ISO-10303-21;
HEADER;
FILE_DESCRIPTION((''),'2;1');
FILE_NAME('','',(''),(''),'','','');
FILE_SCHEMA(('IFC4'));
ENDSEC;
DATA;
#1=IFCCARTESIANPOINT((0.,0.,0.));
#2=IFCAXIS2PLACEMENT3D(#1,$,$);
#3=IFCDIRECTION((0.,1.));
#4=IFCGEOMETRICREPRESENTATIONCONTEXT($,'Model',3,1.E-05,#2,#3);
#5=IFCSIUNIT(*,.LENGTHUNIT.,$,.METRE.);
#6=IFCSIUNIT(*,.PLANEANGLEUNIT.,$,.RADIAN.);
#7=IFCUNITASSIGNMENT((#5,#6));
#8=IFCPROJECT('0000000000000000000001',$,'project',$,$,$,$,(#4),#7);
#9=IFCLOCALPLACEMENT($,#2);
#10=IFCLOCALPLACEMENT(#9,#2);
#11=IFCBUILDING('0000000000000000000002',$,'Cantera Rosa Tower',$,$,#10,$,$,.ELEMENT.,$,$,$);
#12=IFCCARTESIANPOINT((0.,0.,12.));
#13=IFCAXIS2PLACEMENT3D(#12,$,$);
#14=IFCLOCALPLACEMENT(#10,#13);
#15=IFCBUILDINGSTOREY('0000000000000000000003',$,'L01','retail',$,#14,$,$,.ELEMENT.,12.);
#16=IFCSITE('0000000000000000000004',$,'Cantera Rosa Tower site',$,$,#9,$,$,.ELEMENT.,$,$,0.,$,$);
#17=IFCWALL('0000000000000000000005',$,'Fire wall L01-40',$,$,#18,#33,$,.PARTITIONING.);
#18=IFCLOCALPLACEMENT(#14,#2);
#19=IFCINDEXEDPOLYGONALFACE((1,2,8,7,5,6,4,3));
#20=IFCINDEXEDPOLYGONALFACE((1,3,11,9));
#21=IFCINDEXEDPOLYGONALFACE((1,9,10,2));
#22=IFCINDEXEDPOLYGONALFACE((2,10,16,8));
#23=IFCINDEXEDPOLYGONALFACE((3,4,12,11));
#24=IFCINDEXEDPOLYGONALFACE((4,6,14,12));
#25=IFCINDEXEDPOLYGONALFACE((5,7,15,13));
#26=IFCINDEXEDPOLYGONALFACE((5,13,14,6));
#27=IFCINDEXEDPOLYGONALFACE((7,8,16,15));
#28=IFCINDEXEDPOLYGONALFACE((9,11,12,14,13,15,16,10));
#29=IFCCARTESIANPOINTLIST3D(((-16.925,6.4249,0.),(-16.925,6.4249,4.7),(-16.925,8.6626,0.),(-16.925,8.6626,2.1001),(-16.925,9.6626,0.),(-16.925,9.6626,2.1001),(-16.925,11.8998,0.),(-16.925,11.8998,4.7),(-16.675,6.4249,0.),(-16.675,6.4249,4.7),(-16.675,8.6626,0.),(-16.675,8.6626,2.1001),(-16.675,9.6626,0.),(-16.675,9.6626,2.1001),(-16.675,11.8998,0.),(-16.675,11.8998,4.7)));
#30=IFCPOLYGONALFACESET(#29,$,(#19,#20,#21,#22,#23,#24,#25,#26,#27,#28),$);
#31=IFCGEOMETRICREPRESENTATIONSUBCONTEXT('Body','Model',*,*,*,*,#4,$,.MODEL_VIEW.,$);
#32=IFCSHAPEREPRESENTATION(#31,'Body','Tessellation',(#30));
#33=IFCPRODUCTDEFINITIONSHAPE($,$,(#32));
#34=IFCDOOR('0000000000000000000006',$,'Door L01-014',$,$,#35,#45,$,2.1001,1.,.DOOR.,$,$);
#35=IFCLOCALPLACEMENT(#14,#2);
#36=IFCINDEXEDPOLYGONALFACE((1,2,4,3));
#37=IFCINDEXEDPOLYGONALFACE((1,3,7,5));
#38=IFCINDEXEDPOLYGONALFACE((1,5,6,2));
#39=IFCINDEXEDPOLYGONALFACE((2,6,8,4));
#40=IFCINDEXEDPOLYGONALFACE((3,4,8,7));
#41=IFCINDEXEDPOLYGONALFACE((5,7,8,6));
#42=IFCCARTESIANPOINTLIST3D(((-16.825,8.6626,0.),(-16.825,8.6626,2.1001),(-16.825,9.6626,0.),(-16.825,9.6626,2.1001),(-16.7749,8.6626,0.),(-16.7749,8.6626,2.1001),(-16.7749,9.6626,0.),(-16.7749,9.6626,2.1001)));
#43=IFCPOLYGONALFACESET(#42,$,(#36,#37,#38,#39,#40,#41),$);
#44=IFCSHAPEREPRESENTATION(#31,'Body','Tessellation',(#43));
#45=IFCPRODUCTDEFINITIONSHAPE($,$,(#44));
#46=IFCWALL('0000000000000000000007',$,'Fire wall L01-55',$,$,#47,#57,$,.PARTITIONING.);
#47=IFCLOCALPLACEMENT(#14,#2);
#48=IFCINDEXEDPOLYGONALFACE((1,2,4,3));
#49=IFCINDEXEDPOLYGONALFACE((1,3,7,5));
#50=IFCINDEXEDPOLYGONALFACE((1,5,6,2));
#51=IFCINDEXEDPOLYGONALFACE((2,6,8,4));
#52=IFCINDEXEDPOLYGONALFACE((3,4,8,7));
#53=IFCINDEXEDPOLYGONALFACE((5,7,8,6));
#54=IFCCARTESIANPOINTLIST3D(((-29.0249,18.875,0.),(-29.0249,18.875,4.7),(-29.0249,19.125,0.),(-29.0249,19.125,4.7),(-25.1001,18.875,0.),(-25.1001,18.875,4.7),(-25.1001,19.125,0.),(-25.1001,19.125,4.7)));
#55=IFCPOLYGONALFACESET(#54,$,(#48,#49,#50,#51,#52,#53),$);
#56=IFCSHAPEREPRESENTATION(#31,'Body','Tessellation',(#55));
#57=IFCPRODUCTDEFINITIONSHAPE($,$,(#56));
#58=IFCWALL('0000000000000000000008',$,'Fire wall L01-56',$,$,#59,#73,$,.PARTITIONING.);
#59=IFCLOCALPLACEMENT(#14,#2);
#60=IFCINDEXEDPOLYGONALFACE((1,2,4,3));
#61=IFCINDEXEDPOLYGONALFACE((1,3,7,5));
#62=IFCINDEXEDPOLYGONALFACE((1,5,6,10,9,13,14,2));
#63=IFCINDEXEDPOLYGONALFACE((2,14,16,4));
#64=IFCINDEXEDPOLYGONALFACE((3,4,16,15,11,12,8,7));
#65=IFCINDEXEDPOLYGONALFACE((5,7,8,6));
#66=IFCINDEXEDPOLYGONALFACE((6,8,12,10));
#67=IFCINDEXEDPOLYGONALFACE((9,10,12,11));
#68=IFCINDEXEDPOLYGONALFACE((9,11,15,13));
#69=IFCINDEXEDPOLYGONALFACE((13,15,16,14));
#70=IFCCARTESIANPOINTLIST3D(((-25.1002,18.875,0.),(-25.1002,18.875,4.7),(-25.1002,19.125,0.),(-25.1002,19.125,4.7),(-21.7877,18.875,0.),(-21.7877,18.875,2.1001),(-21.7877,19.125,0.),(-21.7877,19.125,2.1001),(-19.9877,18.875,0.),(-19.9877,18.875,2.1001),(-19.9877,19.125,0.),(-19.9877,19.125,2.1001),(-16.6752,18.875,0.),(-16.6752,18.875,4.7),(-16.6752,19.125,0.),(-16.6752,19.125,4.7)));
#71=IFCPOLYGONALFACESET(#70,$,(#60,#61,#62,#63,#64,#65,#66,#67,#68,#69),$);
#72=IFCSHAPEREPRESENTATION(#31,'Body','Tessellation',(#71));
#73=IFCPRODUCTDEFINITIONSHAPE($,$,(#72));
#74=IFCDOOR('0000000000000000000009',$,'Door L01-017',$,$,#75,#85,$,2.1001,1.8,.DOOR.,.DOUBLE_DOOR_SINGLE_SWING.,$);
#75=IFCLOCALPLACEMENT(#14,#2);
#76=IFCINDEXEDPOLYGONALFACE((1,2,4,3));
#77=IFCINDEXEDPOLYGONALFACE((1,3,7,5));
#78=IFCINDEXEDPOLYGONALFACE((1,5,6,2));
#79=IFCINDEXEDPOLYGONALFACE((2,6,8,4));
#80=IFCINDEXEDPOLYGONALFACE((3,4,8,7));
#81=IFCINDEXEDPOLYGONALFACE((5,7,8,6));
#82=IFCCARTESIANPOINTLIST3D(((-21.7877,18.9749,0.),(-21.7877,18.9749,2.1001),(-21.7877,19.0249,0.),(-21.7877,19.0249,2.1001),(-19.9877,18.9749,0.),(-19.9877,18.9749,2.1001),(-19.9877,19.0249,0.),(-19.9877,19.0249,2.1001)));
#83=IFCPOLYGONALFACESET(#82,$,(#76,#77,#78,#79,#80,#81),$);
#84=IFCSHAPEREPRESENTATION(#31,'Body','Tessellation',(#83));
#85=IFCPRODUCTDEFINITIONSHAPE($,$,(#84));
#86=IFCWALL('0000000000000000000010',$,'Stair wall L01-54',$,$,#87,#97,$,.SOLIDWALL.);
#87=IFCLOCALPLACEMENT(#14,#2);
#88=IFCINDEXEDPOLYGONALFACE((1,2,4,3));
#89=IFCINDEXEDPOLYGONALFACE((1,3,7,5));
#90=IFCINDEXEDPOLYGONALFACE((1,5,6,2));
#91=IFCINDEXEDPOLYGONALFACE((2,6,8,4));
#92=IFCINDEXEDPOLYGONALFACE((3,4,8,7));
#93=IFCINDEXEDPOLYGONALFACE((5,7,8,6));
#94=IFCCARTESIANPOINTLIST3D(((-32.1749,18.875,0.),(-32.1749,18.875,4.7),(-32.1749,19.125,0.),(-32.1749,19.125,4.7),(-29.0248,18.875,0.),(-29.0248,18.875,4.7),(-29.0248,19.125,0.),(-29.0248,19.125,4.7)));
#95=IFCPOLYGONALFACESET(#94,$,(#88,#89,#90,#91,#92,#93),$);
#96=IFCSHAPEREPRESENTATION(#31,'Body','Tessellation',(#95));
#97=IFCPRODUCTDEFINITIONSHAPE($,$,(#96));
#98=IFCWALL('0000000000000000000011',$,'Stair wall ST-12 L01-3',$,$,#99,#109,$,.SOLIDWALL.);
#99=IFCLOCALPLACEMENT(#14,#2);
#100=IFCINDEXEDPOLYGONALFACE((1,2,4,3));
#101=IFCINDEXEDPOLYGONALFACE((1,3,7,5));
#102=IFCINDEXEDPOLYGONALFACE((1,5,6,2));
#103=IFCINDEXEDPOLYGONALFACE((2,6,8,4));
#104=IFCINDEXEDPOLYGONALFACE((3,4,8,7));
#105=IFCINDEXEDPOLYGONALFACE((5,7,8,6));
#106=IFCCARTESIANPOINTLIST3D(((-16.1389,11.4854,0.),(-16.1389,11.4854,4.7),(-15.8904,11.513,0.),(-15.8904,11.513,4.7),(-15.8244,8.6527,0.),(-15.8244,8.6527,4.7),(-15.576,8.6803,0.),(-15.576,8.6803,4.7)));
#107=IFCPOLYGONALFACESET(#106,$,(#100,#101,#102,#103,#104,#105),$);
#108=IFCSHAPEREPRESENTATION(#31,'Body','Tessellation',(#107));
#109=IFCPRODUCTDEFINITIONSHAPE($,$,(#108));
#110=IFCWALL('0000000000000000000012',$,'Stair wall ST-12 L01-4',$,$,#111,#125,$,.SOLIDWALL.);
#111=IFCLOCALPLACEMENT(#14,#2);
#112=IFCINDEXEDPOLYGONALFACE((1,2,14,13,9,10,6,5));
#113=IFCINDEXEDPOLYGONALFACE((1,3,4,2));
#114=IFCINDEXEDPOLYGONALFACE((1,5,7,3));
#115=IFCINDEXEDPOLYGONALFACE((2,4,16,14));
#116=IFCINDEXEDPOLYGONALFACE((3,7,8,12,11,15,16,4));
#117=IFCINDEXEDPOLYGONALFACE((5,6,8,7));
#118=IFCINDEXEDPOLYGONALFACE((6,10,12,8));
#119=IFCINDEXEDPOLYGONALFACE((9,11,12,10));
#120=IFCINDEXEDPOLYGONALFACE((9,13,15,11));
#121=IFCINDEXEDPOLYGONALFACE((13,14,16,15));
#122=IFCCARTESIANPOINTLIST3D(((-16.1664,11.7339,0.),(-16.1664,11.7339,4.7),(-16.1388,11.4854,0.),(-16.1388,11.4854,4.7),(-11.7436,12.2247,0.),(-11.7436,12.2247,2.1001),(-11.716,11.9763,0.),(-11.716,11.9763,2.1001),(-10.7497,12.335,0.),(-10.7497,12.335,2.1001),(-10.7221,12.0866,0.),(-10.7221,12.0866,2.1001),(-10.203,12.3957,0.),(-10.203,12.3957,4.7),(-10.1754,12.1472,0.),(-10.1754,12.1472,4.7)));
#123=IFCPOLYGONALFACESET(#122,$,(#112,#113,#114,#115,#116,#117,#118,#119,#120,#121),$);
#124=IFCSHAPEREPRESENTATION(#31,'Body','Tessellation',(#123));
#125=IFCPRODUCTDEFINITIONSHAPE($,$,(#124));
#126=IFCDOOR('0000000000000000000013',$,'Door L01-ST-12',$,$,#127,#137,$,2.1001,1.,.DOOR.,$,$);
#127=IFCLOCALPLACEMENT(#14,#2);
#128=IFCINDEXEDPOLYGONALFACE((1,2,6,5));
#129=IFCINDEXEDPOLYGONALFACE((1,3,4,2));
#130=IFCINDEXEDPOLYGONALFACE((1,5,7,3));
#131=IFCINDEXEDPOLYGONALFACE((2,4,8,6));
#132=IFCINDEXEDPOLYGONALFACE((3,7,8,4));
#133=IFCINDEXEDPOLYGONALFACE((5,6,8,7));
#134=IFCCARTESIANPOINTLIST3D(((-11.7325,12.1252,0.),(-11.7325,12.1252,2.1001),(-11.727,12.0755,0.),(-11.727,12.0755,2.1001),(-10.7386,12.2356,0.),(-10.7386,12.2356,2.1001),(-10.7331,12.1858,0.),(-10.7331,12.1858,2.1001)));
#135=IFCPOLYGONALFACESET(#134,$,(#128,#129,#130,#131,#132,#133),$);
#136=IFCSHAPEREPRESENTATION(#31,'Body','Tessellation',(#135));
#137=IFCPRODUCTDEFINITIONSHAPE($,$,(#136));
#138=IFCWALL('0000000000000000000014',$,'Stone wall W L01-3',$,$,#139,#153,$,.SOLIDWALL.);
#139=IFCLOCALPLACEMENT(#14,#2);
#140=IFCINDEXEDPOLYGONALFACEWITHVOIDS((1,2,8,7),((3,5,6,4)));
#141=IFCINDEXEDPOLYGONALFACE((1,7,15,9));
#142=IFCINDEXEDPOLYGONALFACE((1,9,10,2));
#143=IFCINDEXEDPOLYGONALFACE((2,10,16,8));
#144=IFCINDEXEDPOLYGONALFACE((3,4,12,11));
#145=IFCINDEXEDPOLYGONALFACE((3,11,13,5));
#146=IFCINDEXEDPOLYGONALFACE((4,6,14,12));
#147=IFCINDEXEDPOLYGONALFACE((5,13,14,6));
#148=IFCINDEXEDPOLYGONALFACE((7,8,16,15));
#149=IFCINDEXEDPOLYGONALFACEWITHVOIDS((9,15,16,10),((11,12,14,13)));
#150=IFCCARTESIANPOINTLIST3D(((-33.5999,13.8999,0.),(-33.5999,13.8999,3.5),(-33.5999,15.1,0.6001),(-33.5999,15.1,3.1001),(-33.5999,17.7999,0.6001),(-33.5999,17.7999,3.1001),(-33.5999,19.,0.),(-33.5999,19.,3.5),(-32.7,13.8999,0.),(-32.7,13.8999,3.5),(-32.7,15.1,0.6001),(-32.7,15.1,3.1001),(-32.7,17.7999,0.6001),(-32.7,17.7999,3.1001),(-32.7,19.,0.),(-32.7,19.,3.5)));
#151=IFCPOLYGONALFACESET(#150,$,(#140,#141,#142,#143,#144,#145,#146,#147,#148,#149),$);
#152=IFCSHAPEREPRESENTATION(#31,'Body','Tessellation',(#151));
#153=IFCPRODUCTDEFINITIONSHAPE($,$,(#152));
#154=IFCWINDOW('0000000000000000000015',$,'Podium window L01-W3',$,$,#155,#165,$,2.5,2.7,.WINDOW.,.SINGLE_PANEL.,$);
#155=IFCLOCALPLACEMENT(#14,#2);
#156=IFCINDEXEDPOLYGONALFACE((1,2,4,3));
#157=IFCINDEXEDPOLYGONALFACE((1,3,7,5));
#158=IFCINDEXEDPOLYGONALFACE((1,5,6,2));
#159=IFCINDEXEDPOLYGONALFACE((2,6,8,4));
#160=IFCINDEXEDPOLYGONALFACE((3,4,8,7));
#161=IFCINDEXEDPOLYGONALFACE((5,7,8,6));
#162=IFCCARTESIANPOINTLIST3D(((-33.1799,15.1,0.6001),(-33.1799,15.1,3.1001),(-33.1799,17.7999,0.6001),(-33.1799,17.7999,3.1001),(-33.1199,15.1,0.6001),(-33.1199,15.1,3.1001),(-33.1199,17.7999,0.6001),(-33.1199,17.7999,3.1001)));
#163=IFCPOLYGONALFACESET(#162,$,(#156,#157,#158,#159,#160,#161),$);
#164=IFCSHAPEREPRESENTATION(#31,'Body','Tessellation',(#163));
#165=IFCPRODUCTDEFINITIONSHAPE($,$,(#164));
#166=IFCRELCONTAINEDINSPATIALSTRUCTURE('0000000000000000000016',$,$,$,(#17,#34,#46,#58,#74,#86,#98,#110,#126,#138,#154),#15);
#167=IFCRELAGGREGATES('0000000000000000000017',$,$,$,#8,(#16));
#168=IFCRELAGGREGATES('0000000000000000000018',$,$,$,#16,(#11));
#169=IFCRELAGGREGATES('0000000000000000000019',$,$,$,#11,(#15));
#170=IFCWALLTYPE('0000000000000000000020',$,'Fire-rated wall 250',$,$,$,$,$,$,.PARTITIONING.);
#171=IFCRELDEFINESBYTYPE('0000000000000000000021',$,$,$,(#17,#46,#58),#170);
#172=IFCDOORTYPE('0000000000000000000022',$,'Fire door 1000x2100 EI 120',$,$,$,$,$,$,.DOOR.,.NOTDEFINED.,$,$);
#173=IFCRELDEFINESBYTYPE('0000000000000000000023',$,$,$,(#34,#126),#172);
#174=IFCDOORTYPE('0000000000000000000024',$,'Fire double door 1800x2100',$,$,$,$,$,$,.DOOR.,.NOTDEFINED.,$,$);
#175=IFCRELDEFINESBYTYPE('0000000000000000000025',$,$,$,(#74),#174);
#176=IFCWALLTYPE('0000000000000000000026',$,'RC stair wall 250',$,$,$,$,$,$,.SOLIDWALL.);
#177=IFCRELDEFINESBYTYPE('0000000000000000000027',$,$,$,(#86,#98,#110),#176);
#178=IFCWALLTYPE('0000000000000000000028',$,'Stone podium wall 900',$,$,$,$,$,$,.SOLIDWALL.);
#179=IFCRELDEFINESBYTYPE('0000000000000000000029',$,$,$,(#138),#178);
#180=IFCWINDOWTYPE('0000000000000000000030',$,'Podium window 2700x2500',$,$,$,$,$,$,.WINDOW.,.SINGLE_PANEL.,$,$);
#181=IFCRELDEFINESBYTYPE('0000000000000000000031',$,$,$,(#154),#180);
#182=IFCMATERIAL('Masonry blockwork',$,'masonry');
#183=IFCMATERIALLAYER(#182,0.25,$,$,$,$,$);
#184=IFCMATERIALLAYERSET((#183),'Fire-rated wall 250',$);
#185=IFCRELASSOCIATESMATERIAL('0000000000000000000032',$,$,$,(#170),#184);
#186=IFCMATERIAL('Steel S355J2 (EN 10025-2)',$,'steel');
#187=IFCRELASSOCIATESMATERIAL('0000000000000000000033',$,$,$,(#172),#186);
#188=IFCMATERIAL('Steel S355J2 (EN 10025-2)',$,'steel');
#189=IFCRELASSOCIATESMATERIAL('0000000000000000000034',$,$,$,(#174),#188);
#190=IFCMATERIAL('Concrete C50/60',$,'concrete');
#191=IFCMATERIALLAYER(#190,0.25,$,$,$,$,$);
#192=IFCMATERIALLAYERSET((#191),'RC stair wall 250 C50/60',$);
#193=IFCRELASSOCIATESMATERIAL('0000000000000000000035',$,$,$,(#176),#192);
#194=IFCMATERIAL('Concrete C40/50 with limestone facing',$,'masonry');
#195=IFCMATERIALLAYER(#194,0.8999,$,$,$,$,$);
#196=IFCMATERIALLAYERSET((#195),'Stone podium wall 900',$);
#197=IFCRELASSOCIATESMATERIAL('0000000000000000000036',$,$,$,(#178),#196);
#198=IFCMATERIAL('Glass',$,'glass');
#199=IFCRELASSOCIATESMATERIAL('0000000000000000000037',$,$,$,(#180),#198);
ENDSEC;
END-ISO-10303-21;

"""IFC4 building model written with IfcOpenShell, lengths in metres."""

from ifc_helpers import new_model, si_unit, direction, frame, frame_2d, origin, place, context, subcontext, project, spatial, rectangle, extrude, material, layer, layer_set, type_object, element, fill, save


model = new_model("IFC4")

# Units and contexts
model_context = context("Model", 3, precision=1e-05, world=origin(), true_north=direction((0.0, 1.0)))
body_context = subcontext(model_context, "Body", "Model", "MODEL_VIEW")
ifc_project = project(units=[si_unit("LENGTHUNIT", "METRE"), si_unit("PLANEANGLEUNIT", "RADIAN")], contexts=[model_context])

# Site, building, storey
site_placement = place(None, origin())
site = spatial("IfcSite", under=ifc_project, at=site_placement, Name="Cantera Rosa Tower site", CompositionType="ELEMENT", RefElevation=0.0)
building_placement = place(site_placement, origin())
building = spatial("IfcBuilding", under=site, at=building_placement, Name="Cantera Rosa Tower", CompositionType="ELEMENT")
storey_placement = place(building_placement, frame((0.0, 0.0, 12.0)))
storey = spatial("IfcBuildingStorey", under=building, at=storey_placement, Name="L01", Description="retail", CompositionType="ELEMENT", Elevation=12.0)

# Shared definitions
ifc_material_1 = material(Name="Masonry blockwork", Category="masonry")
ifc_layer_1 = layer(ifc_material_1, 0.25)
ifc_layer_set_1 = layer_set([ifc_layer_1], Name="Fire-rated wall 250")
wall_type_1 = type_object("IfcWallType", Name="Fire-rated wall 250", PredefinedType="PARTITIONING", material=ifc_layer_set_1)

# Wall, opening, door
wall_1_placement = place(storey_placement, frame((-16.8, 6.425, 0.0), z_axis=(0.0, 0.0, 1.0), x_axis=(0.0, 1.0, 0.0)))
wall_1 = element("IfcWall", 1, at=wall_1_placement, inside=storey, type_object=wall_type_1, Name="Fire wall L01-40", PredefinedType="PARTITIONING", context=body_context, shape_type="SweptSolid", body=[
    extrude(rectangle(XDim=5.4749, YDim=0.25, at=frame_2d((2.7373, 0.0))), origin(), (0.0, 0.0, 1.0), 4.7),
])
opening_1_placement = place(wall_1_placement, frame((2.2375, 0.0, 0.0)))
opening_1 = element("IfcOpeningElement", 2, at=opening_1_placement, cuts=wall_1, PredefinedType="OPENING", context=body_context, shape_type="SweptSolid", body=[
    extrude(rectangle(XDim=1.0, YDim=2.1001, at=frame_2d((0.5, 1.05))), frame((0.0, 0.135, 0.0), z_axis=(0.0, -1.0, 0.0), x_axis=(1.0, 0.0, 0.0)), (0.0, 0.0, 1.0), 0.27),
])
ifc_material_2 = material(Name="Steel S355J2 (EN 10025-2)", Category="steel")
door_type_1 = type_object("IfcDoorType", Name="Fire door 1000x2100 EI 120", OperationType="NOTDEFINED", PredefinedType="DOOR", material=ifc_material_2)
door_1_placement = place(opening_1_placement, origin())
door_1 = element("IfcDoor", 3, at=door_1_placement, inside=storey, type_object=door_type_1, Name="Door L01-014", OverallHeight=2.1001, OverallWidth=1.0, PredefinedType="DOOR", context=body_context, shape_type="SweptSolid", body=[
    extrude(rectangle(XDim=1.0, YDim=2.1001, at=frame_2d((0.5, 1.05))), frame((0.0, 0.0249, 0.0), z_axis=(0.0, -1.0, 0.0), x_axis=(1.0, 0.0, 0.0)), (0.0, 0.0, 1.0), 0.05),
])
fill(opening_1, door_1)

# Wall
wall_2_placement = place(storey_placement, frame((-29.0249, 19.0, 0.0), z_axis=(0.0, 0.0, 1.0), x_axis=(1.0, 0.0, 0.0)))
element("IfcWall", 4, at=wall_2_placement, inside=storey, type_object=wall_type_1, Name="Fire wall L01-55", PredefinedType="PARTITIONING", context=body_context, shape_type="SweptSolid", body=[
    extrude(rectangle(XDim=3.9248, YDim=0.25, at=frame_2d((1.9624, 0.0))), origin(), (0.0, 0.0, 1.0), 4.7),
])

# Wall, opening, door
wall_3_placement = place(storey_placement, frame((-25.1001, 19.0, 0.0), z_axis=(0.0, 0.0, 1.0), x_axis=(1.0, 0.0, 0.0)))
wall_3 = element("IfcWall", 5, at=wall_3_placement, inside=storey, type_object=wall_type_1, Name="Fire wall L01-56", PredefinedType="PARTITIONING", context=body_context, shape_type="SweptSolid", body=[
    extrude(rectangle(XDim=8.425, YDim=0.25, at=frame_2d((4.2124, 0.0))), origin(), (0.0, 0.0, 1.0), 4.7),
])
opening_2_placement = place(wall_3_placement, frame((3.3125, 0.0, 0.0)))
opening_2 = element("IfcOpeningElement", 6, at=opening_2_placement, cuts=wall_3, PredefinedType="OPENING", context=body_context, shape_type="SweptSolid", body=[
    extrude(rectangle(XDim=1.8, YDim=2.1001, at=frame_2d((0.8999, 1.05))), frame((0.0, 0.135, 0.0), z_axis=(0.0, -1.0, 0.0), x_axis=(1.0, 0.0, 0.0)), (0.0, 0.0, 1.0), 0.27),
])
ifc_material_3 = material(Name="Steel S355J2 (EN 10025-2)", Category="steel")
door_type_2 = type_object("IfcDoorType", Name="Fire double door 1800x2100", OperationType="NOTDEFINED", PredefinedType="DOOR", material=ifc_material_3)
door_2_placement = place(opening_2_placement, origin())
door_2 = element("IfcDoor", 7, at=door_2_placement, inside=storey, type_object=door_type_2, Name="Door L01-017", OperationType="DOUBLE_DOOR_SINGLE_SWING", OverallHeight=2.1001, OverallWidth=1.8, PredefinedType="DOOR", context=body_context, shape_type="SweptSolid", body=[
    extrude(rectangle(XDim=1.8, YDim=2.1001, at=frame_2d((0.8999, 1.05))), frame((0.0, 0.0249, 0.0), z_axis=(0.0, -1.0, 0.0), x_axis=(1.0, 0.0, 0.0)), (0.0, 0.0, 1.0), 0.05),
])
fill(opening_2, door_2)

# Walls
ifc_material_4 = material(Name="Concrete C50/60", Category="concrete")
ifc_layer_2 = layer(ifc_material_4, 0.25)
ifc_layer_set_2 = layer_set([ifc_layer_2], Name="RC stair wall 250 C50/60")
wall_type_2 = type_object("IfcWallType", Name="RC stair wall 250", PredefinedType="SOLIDWALL", material=ifc_layer_set_2)
wall_4_placement = place(storey_placement, frame((-32.175, 19.0, 0.0), z_axis=(0.0, 0.0, 1.0), x_axis=(1.0, 0.0, 0.0)))
element("IfcWall", 8, at=wall_4_placement, inside=storey, type_object=wall_type_2, Name="Stair wall L01-54", PredefinedType="SOLIDWALL", context=body_context, shape_type="SweptSolid", body=[
    extrude(rectangle(XDim=3.1501, YDim=0.25, at=frame_2d((1.5752, 0.0))), origin(), (0.0, 0.0, 1.0), 4.7),
])
wall_5_placement = place(storey_placement, frame((-15.7002, 8.6665, 0.0), z_axis=(0.0, 0.0, 1.0), x_axis=(-0.110328, 0.993895, 0.0)))
element("IfcWall", 9, at=wall_5_placement, inside=storey, type_object=wall_type_2, Name="Stair wall ST-12 L01-3", PredefinedType="SOLIDWALL", context=body_context, shape_type="SweptSolid", body=[
    extrude(rectangle(XDim=2.8501, YDim=0.25, at=frame_2d((1.425, 0.0))), origin(), (0.0, 0.0, 1.0), 4.7),
])

# Wall, opening, door
wall_6_placement = place(storey_placement, frame((-16.1526, 11.6096, 0.0), z_axis=(0.0, 0.0, 1.0), x_axis=(0.993897, 0.110311, 0.0)))
wall_6 = element("IfcWall", 10, at=wall_6_placement, inside=storey, type_object=wall_type_2, Name="Stair wall ST-12 L01-4", PredefinedType="SOLIDWALL", context=body_context, shape_type="SweptSolid", body=[
    extrude(rectangle(XDim=6.0, YDim=0.25, at=frame_2d((3.0, 0.0))), origin(), (0.0, 0.0, 1.0), 4.7),
])
opening_3_placement = place(wall_6_placement, frame((4.45, 0.0, 0.0)))
opening_3 = element("IfcOpeningElement", 11, at=opening_3_placement, cuts=wall_6, PredefinedType="OPENING", context=body_context, shape_type="SweptSolid", body=[
    extrude(rectangle(XDim=1.0, YDim=2.1001, at=frame_2d((0.5, 1.05))), frame((0.0, 0.135, 0.0), z_axis=(0.0, -1.0, 0.0), x_axis=(1.0, 0.0, 0.0)), (0.0, 0.0, 1.0), 0.27),
])
door_3_placement = place(opening_3_placement, origin())
door_3 = element("IfcDoor", 12, at=door_3_placement, inside=storey, type_object=door_type_1, Name="Door L01-ST-12", OverallHeight=2.1001, OverallWidth=1.0, PredefinedType="DOOR", context=body_context, shape_type="SweptSolid", body=[
    extrude(rectangle(XDim=1.0, YDim=2.1001, at=frame_2d((0.5, 1.05))), frame((0.0, 0.0249, 0.0), z_axis=(0.0, -1.0, 0.0), x_axis=(1.0, 0.0, 0.0)), (0.0, 0.0, 1.0), 0.05),
])
fill(opening_3, door_3)

# Wall, opening, window
ifc_material_5 = material(Name="Concrete C40/50 with limestone facing", Category="masonry")
ifc_layer_3 = layer(ifc_material_5, 0.8999)
ifc_layer_set_3 = layer_set([ifc_layer_3], Name="Stone podium wall 900")
wall_type_3 = type_object("IfcWallType", Name="Stone podium wall 900", PredefinedType="SOLIDWALL", material=ifc_layer_set_3)
wall_7_placement = place(storey_placement, frame((-33.1499, 19.0, 0.0), z_axis=(0.0, 0.0, 1.0), x_axis=(0.0, -1.0, 0.0)))
wall_7 = element("IfcWall", 13, at=wall_7_placement, inside=storey, type_object=wall_type_3, Name="Stone wall W L01-3", PredefinedType="SOLIDWALL", context=body_context, shape_type="SweptSolid", body=[
    extrude(rectangle(XDim=5.1001, YDim=0.8999, at=frame_2d((2.55, 0.0))), origin(), (0.0, 0.0, 1.0), 3.5),
])
opening_4_placement = place(wall_7_placement, frame((1.2, 0.0, 0.6001)))
opening_4 = element("IfcOpeningElement", 14, at=opening_4_placement, cuts=wall_7, PredefinedType="OPENING", context=body_context, shape_type="SweptSolid", body=[
    extrude(rectangle(XDim=2.7, YDim=2.5, at=frame_2d((1.3501, 1.25))), frame((0.0, 0.46, 0.0), z_axis=(0.0, -1.0, 0.0), x_axis=(1.0, 0.0, 0.0)), (0.0, 0.0, 1.0), 0.9199),
])
ifc_material_6 = material(Name="Glass", Category="glass")
window_type_1 = type_object("IfcWindowType", Name="Podium window 2700x2500", PartitioningType="SINGLE_PANEL", PredefinedType="WINDOW", material=ifc_material_6)
window_1_placement = place(opening_4_placement, origin())
window_1 = element("IfcWindow", 15, at=window_1_placement, inside=storey, type_object=window_type_1, Name="Podium window L01-W3", OverallHeight=2.5, OverallWidth=2.7, PartitioningType="SINGLE_PANEL", PredefinedType="WINDOW", context=body_context, shape_type="SweptSolid", body=[
    extrude(rectangle(XDim=2.7, YDim=2.5, at=frame_2d((1.3501, 1.25))), frame((0.0, 0.03, 0.0), z_axis=(0.0, -1.0, 0.0), x_axis=(1.0, 0.0, 0.0)), (0.0, 0.0, 1.0), 0.0601),
])
fill(opening_4, window_1)

save(model, "model.ifc")
